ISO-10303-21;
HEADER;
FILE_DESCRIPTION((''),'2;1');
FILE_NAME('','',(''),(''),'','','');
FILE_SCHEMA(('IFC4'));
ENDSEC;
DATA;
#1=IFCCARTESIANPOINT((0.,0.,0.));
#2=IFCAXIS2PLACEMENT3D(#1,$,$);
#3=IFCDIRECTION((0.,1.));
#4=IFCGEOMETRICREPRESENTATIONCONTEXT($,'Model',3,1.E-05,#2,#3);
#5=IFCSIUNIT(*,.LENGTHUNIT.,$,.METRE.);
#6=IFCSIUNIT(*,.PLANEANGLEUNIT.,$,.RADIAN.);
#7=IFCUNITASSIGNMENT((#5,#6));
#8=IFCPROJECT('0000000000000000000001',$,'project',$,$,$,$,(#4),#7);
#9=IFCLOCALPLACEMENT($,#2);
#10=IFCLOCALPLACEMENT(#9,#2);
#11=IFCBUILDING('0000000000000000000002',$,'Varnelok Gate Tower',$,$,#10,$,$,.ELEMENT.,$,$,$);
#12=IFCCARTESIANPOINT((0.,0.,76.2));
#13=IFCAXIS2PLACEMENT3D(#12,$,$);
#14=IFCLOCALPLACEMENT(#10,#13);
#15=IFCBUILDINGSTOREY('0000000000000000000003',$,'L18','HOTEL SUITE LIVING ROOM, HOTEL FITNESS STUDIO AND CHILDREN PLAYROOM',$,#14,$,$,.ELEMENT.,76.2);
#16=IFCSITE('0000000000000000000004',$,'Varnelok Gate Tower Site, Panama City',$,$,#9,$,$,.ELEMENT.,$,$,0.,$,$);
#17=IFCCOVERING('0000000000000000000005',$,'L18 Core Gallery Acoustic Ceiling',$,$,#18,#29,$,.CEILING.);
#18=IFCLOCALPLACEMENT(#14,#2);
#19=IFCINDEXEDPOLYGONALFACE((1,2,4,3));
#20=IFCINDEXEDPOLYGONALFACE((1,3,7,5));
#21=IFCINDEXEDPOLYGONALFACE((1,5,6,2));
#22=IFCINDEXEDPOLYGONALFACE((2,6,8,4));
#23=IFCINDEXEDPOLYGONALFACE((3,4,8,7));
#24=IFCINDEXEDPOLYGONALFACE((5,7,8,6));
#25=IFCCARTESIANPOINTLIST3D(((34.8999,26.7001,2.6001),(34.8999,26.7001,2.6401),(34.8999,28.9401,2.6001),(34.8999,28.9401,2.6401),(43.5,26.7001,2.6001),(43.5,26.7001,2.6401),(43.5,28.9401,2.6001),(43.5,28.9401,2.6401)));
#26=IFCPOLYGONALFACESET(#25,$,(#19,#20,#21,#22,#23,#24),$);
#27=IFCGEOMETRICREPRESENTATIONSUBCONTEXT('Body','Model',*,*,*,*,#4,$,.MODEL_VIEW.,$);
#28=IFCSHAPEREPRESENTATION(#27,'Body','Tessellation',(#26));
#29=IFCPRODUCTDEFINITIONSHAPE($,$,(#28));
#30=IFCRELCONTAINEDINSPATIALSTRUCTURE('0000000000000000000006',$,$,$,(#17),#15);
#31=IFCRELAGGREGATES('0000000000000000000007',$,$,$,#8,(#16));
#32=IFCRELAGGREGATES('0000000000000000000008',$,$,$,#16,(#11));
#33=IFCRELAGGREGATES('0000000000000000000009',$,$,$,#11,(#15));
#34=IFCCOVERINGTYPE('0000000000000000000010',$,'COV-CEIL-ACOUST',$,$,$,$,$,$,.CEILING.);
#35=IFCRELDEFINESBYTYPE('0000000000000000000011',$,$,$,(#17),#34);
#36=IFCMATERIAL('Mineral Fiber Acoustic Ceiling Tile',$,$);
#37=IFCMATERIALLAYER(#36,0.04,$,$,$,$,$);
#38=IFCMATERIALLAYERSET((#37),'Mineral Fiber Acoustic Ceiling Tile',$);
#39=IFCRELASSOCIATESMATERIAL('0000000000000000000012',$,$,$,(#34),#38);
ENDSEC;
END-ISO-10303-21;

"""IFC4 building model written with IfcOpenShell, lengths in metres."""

from ifc_helpers import new_model, si_unit, direction, frame, origin, origin_2d, place, context, subcontext, project, spatial, rectangle, extrude, source, transform, mapped, material, layer, layer_set, type_object, element, save


model = new_model("IFC4")

# Units and contexts
model_context = context("Model", 3, precision=1e-05, world=origin(), true_north=direction((0.0, 1.0)))
body_context = subcontext(model_context, "Body", "Model", "MODEL_VIEW")
ifc_project = project(units=[si_unit("LENGTHUNIT", "METRE"), si_unit("PLANEANGLEUNIT", "RADIAN")], contexts=[model_context])

# Site, building, storey
site_placement = place(None, origin())
site = spatial("IfcSite", under=ifc_project, at=site_placement, Name="Varnelok Gate Tower Site, Panama City", CompositionType="ELEMENT", RefElevation=0.0)
building_placement = place(site_placement, origin())
building = spatial("IfcBuilding", under=site, at=building_placement, Name="Varnelok Gate Tower", CompositionType="ELEMENT")
storey_placement = place(building_placement, frame((0.0, 0.0, 76.2)))
storey = spatial("IfcBuildingStorey", under=building, at=storey_placement, Name="L18", Description="HOTEL SUITE LIVING ROOM, HOTEL FITNESS STUDIO AND CHILDREN PLAYROOM", CompositionType="ELEMENT", Elevation=76.2)

# Covering
ifc_material_1 = material(Name="Mineral Fiber Acoustic Ceiling Tile")
ifc_layer_1 = layer(ifc_material_1, 0.04)
ifc_layer_set_1 = layer_set([ifc_layer_1], Name="Mineral Fiber Acoustic Ceiling Tile")
covering_type_1 = type_object("IfcCoveringType", Name="COV-CEIL-ACOUST", PredefinedType="CEILING", material=ifc_layer_set_1)
shared_shape_1 = source(origin(), body_context, "Body", "SweptSolid", [
    extrude(rectangle(XDim=8.6001, YDim=2.24, at=origin_2d()), origin(), (0.0, 0.0, 1.0), 0.04),
])
covering_1_placement = place(storey_placement, frame((39.2, 27.8201, 2.6001), z_axis=(0.0, 0.0, 1.0), x_axis=(1.0, 0.0, 0.0)))
element("IfcCovering", 1, at=covering_1_placement, inside=storey, type_object=covering_type_1, Name="L18 Core Gallery Acoustic Ceiling", PredefinedType="CEILING", context=body_context, shape_type="MappedRepresentation", body=[
    mapped(shared_shape_1, transform((0.0, 0.0, 0.0), scale=1.0)),
])

save(model, "model.ifc")
